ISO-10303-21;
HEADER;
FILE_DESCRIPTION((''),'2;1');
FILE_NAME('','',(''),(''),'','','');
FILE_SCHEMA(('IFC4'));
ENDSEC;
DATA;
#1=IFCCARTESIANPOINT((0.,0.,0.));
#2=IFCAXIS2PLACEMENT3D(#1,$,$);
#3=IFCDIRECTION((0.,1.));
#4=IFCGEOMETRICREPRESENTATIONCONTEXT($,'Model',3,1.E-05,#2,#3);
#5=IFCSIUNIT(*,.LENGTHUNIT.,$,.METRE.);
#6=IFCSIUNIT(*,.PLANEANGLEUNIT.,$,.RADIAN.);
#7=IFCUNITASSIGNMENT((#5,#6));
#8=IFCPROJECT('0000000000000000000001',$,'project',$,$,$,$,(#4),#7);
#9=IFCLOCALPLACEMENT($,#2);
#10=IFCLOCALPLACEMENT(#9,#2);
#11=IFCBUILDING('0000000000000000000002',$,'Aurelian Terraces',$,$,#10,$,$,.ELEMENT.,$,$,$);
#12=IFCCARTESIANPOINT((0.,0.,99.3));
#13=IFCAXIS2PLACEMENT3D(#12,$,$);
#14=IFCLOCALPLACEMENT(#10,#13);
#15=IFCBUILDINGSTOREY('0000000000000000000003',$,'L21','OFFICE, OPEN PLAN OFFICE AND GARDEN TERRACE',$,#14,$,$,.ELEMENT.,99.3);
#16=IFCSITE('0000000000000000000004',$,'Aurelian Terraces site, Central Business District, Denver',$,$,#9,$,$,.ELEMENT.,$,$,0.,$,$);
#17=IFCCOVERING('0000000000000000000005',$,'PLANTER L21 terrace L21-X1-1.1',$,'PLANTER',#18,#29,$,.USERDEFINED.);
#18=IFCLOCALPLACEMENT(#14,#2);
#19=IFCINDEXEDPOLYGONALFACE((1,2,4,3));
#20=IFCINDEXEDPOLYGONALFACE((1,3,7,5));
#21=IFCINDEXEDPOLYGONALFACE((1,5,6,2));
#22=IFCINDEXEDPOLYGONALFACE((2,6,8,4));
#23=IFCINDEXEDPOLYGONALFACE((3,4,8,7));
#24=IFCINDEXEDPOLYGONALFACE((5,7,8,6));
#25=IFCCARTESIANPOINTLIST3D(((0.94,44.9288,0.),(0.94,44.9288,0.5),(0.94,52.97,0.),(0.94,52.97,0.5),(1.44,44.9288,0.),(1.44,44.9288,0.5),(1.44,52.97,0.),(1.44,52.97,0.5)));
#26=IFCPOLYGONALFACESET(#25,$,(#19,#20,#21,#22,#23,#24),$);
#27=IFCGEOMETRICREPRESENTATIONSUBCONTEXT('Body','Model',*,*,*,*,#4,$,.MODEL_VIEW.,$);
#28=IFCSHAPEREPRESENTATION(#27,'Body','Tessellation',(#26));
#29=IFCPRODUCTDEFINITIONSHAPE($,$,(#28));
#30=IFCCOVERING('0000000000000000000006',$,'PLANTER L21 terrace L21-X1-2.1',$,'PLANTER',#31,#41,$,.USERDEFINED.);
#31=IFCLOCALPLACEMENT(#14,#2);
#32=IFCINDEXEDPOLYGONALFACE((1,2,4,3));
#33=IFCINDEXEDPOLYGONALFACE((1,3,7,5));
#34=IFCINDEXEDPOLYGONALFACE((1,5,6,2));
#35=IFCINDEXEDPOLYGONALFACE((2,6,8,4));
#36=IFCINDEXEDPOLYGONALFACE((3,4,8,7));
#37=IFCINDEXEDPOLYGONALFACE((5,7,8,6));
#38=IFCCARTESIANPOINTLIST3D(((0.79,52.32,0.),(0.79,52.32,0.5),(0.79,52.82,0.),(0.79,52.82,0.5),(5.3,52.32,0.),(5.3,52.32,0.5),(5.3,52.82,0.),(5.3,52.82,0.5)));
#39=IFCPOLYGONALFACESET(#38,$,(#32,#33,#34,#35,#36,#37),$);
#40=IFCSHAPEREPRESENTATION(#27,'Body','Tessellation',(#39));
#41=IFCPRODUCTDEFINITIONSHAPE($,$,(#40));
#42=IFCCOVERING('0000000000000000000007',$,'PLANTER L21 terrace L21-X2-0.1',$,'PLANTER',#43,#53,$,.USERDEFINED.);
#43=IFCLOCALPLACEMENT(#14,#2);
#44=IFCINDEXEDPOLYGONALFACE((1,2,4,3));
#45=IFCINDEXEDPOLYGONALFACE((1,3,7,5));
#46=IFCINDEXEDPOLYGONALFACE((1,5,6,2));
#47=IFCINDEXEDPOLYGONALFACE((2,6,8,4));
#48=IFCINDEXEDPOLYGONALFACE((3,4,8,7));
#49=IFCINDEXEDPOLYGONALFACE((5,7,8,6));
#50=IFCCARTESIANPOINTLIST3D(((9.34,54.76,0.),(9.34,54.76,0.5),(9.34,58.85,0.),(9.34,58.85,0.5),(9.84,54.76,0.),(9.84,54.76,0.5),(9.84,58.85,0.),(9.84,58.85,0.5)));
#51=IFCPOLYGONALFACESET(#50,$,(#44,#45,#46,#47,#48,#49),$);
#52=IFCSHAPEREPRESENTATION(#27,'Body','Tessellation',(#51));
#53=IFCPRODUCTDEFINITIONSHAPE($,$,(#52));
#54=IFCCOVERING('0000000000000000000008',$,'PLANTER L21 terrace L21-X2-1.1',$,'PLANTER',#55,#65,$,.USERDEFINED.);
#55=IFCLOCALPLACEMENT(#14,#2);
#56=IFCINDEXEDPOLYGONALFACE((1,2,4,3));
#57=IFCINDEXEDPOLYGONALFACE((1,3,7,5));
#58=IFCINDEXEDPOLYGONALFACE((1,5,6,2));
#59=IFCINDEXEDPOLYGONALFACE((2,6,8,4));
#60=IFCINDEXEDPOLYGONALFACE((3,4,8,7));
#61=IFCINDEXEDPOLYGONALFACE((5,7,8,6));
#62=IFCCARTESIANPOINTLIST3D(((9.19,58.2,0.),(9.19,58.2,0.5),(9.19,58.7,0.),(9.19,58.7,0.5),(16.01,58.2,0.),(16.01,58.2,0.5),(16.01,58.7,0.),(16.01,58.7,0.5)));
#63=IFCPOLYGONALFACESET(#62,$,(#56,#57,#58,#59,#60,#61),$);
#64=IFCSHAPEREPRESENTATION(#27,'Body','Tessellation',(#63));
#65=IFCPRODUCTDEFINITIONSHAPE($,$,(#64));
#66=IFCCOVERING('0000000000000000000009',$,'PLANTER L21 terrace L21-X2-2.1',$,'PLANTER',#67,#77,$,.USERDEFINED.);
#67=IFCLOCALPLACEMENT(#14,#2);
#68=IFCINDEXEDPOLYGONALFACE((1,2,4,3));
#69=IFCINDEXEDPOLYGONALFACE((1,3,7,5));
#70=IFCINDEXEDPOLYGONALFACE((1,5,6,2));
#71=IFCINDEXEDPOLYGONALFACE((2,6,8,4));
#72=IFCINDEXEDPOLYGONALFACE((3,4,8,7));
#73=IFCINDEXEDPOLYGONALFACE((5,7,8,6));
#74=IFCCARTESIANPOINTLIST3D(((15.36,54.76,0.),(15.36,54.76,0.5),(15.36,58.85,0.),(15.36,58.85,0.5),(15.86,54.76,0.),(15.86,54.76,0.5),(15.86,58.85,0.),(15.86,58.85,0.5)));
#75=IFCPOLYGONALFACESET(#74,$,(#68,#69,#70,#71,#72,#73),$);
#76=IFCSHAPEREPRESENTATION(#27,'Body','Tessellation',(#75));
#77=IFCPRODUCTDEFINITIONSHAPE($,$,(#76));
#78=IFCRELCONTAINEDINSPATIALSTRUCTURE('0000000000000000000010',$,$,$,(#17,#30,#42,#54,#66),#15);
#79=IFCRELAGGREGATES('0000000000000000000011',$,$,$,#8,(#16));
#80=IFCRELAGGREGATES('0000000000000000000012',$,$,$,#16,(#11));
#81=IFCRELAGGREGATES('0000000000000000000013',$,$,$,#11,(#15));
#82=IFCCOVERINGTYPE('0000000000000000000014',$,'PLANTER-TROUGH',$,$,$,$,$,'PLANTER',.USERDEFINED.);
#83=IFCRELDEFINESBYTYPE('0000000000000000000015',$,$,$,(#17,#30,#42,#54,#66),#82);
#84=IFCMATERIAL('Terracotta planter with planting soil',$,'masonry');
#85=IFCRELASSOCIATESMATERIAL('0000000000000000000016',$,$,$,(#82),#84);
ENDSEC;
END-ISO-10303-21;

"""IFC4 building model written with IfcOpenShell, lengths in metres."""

from ifc_helpers import new_model, si_unit, direction, frame, origin, origin_2d, place, context, subcontext, project, spatial, rectangle, extrude, source, transform, mapped, material, type_object, element, save


model = new_model("IFC4")

# Units and contexts
model_context = context("Model", 3, precision=1e-05, world=origin(), true_north=direction((0.0, 1.0)))
body_context = subcontext(model_context, "Body", "Model", "MODEL_VIEW")
ifc_project = project(units=[si_unit("LENGTHUNIT", "METRE"), si_unit("PLANEANGLEUNIT", "RADIAN")], contexts=[model_context])

# Site, building, storey
site_placement = place(None, origin())
site = spatial("IfcSite", under=ifc_project, at=site_placement, Name="Aurelian Terraces site, Central Business District, Denver", CompositionType="ELEMENT", RefElevation=0.0)
building_placement = place(site_placement, origin())
building = spatial("IfcBuilding", under=site, at=building_placement, Name="Aurelian Terraces", CompositionType="ELEMENT")
storey_placement = place(building_placement, frame((0.0, 0.0, 99.3)))
storey = spatial("IfcBuildingStorey", under=building, at=storey_placement, Name="L21", Description="OFFICE, OPEN PLAN OFFICE AND GARDEN TERRACE", CompositionType="ELEMENT", Elevation=99.3)

# Coverings
ifc_material_1 = material(Name="Terracotta planter with planting soil", Category="masonry")
covering_type = type_object("IfcCoveringType", Name="PLANTER-TROUGH", ElementType="PLANTER", PredefinedType="USERDEFINED", material=ifc_material_1)
covering_1_placement = place(storey_placement, frame((1.19, 48.9494, 0.0), z_axis=(0.0, 0.0, 1.0), x_axis=(1.0, 0.0, 0.0)))
element("IfcCovering", 1, at=covering_1_placement, inside=storey, type_object=covering_type, Name="PLANTER L21 terrace L21-X1-1.1", ObjectType="PLANTER", PredefinedType="USERDEFINED", context=body_context, shape_type="SweptSolid", body=[
    extrude(rectangle(XDim=0.5, YDim=8.0411, at=origin_2d()), origin(), (0.0, 0.0, 1.0), 0.5),
])
covering_2_placement = place(storey_placement, frame((3.045, 52.57, 0.0), z_axis=(0.0, 0.0, 1.0), x_axis=(1.0, 0.0, 0.0)))
element("IfcCovering", 2, at=covering_2_placement, inside=storey, type_object=covering_type, Name="PLANTER L21 terrace L21-X1-2.1", ObjectType="PLANTER", PredefinedType="USERDEFINED", context=body_context, shape_type="SweptSolid", body=[
    extrude(rectangle(XDim=4.51, YDim=0.5, at=origin_2d()), origin(), (0.0, 0.0, 1.0), 0.5),
])
covering_3_placement = place(storey_placement, frame((9.59, 56.805, 0.0), z_axis=(0.0, 0.0, 1.0), x_axis=(1.0, 0.0, 0.0)))
element("IfcCovering", 3, at=covering_3_placement, inside=storey, type_object=covering_type, Name="PLANTER L21 terrace L21-X2-0.1", ObjectType="PLANTER", PredefinedType="USERDEFINED", context=body_context, shape_type="SweptSolid", body=[
    extrude(rectangle(XDim=0.5, YDim=4.09, at=origin_2d()), origin(), (0.0, 0.0, 1.0), 0.5),
])
covering_4_placement = place(storey_placement, frame((12.6, 58.45, 0.0), z_axis=(0.0, 0.0, 1.0), x_axis=(1.0, 0.0, 0.0)))
element("IfcCovering", 4, at=covering_4_placement, inside=storey, type_object=covering_type, Name="PLANTER L21 terrace L21-X2-1.1", ObjectType="PLANTER", PredefinedType="USERDEFINED", context=body_context, shape_type="SweptSolid", body=[
    extrude(rectangle(XDim=6.82, YDim=0.5, at=origin_2d()), origin(), (0.0, 0.0, 1.0), 0.5),
])
shared_shape_1 = source(origin(), body_context, "Body", "SweptSolid", [
    extrude(rectangle(XDim=0.5, YDim=4.09, at=origin_2d()), origin(), (0.0, 0.0, 1.0), 0.5),
])
covering_5_placement = place(storey_placement, frame((15.61, 56.805, 0.0), z_axis=(0.0, 0.0, 1.0), x_axis=(1.0, 0.0, 0.0)))
element("IfcCovering", 5, at=covering_5_placement, inside=storey, type_object=covering_type, Name="PLANTER L21 terrace L21-X2-2.1", ObjectType="PLANTER", PredefinedType="USERDEFINED", context=body_context, shape_type="MappedRepresentation", body=[
    mapped(shared_shape_1, transform((0.0, 0.0, 0.0), scale=1.0)),
])

save(model, "model.ifc")
